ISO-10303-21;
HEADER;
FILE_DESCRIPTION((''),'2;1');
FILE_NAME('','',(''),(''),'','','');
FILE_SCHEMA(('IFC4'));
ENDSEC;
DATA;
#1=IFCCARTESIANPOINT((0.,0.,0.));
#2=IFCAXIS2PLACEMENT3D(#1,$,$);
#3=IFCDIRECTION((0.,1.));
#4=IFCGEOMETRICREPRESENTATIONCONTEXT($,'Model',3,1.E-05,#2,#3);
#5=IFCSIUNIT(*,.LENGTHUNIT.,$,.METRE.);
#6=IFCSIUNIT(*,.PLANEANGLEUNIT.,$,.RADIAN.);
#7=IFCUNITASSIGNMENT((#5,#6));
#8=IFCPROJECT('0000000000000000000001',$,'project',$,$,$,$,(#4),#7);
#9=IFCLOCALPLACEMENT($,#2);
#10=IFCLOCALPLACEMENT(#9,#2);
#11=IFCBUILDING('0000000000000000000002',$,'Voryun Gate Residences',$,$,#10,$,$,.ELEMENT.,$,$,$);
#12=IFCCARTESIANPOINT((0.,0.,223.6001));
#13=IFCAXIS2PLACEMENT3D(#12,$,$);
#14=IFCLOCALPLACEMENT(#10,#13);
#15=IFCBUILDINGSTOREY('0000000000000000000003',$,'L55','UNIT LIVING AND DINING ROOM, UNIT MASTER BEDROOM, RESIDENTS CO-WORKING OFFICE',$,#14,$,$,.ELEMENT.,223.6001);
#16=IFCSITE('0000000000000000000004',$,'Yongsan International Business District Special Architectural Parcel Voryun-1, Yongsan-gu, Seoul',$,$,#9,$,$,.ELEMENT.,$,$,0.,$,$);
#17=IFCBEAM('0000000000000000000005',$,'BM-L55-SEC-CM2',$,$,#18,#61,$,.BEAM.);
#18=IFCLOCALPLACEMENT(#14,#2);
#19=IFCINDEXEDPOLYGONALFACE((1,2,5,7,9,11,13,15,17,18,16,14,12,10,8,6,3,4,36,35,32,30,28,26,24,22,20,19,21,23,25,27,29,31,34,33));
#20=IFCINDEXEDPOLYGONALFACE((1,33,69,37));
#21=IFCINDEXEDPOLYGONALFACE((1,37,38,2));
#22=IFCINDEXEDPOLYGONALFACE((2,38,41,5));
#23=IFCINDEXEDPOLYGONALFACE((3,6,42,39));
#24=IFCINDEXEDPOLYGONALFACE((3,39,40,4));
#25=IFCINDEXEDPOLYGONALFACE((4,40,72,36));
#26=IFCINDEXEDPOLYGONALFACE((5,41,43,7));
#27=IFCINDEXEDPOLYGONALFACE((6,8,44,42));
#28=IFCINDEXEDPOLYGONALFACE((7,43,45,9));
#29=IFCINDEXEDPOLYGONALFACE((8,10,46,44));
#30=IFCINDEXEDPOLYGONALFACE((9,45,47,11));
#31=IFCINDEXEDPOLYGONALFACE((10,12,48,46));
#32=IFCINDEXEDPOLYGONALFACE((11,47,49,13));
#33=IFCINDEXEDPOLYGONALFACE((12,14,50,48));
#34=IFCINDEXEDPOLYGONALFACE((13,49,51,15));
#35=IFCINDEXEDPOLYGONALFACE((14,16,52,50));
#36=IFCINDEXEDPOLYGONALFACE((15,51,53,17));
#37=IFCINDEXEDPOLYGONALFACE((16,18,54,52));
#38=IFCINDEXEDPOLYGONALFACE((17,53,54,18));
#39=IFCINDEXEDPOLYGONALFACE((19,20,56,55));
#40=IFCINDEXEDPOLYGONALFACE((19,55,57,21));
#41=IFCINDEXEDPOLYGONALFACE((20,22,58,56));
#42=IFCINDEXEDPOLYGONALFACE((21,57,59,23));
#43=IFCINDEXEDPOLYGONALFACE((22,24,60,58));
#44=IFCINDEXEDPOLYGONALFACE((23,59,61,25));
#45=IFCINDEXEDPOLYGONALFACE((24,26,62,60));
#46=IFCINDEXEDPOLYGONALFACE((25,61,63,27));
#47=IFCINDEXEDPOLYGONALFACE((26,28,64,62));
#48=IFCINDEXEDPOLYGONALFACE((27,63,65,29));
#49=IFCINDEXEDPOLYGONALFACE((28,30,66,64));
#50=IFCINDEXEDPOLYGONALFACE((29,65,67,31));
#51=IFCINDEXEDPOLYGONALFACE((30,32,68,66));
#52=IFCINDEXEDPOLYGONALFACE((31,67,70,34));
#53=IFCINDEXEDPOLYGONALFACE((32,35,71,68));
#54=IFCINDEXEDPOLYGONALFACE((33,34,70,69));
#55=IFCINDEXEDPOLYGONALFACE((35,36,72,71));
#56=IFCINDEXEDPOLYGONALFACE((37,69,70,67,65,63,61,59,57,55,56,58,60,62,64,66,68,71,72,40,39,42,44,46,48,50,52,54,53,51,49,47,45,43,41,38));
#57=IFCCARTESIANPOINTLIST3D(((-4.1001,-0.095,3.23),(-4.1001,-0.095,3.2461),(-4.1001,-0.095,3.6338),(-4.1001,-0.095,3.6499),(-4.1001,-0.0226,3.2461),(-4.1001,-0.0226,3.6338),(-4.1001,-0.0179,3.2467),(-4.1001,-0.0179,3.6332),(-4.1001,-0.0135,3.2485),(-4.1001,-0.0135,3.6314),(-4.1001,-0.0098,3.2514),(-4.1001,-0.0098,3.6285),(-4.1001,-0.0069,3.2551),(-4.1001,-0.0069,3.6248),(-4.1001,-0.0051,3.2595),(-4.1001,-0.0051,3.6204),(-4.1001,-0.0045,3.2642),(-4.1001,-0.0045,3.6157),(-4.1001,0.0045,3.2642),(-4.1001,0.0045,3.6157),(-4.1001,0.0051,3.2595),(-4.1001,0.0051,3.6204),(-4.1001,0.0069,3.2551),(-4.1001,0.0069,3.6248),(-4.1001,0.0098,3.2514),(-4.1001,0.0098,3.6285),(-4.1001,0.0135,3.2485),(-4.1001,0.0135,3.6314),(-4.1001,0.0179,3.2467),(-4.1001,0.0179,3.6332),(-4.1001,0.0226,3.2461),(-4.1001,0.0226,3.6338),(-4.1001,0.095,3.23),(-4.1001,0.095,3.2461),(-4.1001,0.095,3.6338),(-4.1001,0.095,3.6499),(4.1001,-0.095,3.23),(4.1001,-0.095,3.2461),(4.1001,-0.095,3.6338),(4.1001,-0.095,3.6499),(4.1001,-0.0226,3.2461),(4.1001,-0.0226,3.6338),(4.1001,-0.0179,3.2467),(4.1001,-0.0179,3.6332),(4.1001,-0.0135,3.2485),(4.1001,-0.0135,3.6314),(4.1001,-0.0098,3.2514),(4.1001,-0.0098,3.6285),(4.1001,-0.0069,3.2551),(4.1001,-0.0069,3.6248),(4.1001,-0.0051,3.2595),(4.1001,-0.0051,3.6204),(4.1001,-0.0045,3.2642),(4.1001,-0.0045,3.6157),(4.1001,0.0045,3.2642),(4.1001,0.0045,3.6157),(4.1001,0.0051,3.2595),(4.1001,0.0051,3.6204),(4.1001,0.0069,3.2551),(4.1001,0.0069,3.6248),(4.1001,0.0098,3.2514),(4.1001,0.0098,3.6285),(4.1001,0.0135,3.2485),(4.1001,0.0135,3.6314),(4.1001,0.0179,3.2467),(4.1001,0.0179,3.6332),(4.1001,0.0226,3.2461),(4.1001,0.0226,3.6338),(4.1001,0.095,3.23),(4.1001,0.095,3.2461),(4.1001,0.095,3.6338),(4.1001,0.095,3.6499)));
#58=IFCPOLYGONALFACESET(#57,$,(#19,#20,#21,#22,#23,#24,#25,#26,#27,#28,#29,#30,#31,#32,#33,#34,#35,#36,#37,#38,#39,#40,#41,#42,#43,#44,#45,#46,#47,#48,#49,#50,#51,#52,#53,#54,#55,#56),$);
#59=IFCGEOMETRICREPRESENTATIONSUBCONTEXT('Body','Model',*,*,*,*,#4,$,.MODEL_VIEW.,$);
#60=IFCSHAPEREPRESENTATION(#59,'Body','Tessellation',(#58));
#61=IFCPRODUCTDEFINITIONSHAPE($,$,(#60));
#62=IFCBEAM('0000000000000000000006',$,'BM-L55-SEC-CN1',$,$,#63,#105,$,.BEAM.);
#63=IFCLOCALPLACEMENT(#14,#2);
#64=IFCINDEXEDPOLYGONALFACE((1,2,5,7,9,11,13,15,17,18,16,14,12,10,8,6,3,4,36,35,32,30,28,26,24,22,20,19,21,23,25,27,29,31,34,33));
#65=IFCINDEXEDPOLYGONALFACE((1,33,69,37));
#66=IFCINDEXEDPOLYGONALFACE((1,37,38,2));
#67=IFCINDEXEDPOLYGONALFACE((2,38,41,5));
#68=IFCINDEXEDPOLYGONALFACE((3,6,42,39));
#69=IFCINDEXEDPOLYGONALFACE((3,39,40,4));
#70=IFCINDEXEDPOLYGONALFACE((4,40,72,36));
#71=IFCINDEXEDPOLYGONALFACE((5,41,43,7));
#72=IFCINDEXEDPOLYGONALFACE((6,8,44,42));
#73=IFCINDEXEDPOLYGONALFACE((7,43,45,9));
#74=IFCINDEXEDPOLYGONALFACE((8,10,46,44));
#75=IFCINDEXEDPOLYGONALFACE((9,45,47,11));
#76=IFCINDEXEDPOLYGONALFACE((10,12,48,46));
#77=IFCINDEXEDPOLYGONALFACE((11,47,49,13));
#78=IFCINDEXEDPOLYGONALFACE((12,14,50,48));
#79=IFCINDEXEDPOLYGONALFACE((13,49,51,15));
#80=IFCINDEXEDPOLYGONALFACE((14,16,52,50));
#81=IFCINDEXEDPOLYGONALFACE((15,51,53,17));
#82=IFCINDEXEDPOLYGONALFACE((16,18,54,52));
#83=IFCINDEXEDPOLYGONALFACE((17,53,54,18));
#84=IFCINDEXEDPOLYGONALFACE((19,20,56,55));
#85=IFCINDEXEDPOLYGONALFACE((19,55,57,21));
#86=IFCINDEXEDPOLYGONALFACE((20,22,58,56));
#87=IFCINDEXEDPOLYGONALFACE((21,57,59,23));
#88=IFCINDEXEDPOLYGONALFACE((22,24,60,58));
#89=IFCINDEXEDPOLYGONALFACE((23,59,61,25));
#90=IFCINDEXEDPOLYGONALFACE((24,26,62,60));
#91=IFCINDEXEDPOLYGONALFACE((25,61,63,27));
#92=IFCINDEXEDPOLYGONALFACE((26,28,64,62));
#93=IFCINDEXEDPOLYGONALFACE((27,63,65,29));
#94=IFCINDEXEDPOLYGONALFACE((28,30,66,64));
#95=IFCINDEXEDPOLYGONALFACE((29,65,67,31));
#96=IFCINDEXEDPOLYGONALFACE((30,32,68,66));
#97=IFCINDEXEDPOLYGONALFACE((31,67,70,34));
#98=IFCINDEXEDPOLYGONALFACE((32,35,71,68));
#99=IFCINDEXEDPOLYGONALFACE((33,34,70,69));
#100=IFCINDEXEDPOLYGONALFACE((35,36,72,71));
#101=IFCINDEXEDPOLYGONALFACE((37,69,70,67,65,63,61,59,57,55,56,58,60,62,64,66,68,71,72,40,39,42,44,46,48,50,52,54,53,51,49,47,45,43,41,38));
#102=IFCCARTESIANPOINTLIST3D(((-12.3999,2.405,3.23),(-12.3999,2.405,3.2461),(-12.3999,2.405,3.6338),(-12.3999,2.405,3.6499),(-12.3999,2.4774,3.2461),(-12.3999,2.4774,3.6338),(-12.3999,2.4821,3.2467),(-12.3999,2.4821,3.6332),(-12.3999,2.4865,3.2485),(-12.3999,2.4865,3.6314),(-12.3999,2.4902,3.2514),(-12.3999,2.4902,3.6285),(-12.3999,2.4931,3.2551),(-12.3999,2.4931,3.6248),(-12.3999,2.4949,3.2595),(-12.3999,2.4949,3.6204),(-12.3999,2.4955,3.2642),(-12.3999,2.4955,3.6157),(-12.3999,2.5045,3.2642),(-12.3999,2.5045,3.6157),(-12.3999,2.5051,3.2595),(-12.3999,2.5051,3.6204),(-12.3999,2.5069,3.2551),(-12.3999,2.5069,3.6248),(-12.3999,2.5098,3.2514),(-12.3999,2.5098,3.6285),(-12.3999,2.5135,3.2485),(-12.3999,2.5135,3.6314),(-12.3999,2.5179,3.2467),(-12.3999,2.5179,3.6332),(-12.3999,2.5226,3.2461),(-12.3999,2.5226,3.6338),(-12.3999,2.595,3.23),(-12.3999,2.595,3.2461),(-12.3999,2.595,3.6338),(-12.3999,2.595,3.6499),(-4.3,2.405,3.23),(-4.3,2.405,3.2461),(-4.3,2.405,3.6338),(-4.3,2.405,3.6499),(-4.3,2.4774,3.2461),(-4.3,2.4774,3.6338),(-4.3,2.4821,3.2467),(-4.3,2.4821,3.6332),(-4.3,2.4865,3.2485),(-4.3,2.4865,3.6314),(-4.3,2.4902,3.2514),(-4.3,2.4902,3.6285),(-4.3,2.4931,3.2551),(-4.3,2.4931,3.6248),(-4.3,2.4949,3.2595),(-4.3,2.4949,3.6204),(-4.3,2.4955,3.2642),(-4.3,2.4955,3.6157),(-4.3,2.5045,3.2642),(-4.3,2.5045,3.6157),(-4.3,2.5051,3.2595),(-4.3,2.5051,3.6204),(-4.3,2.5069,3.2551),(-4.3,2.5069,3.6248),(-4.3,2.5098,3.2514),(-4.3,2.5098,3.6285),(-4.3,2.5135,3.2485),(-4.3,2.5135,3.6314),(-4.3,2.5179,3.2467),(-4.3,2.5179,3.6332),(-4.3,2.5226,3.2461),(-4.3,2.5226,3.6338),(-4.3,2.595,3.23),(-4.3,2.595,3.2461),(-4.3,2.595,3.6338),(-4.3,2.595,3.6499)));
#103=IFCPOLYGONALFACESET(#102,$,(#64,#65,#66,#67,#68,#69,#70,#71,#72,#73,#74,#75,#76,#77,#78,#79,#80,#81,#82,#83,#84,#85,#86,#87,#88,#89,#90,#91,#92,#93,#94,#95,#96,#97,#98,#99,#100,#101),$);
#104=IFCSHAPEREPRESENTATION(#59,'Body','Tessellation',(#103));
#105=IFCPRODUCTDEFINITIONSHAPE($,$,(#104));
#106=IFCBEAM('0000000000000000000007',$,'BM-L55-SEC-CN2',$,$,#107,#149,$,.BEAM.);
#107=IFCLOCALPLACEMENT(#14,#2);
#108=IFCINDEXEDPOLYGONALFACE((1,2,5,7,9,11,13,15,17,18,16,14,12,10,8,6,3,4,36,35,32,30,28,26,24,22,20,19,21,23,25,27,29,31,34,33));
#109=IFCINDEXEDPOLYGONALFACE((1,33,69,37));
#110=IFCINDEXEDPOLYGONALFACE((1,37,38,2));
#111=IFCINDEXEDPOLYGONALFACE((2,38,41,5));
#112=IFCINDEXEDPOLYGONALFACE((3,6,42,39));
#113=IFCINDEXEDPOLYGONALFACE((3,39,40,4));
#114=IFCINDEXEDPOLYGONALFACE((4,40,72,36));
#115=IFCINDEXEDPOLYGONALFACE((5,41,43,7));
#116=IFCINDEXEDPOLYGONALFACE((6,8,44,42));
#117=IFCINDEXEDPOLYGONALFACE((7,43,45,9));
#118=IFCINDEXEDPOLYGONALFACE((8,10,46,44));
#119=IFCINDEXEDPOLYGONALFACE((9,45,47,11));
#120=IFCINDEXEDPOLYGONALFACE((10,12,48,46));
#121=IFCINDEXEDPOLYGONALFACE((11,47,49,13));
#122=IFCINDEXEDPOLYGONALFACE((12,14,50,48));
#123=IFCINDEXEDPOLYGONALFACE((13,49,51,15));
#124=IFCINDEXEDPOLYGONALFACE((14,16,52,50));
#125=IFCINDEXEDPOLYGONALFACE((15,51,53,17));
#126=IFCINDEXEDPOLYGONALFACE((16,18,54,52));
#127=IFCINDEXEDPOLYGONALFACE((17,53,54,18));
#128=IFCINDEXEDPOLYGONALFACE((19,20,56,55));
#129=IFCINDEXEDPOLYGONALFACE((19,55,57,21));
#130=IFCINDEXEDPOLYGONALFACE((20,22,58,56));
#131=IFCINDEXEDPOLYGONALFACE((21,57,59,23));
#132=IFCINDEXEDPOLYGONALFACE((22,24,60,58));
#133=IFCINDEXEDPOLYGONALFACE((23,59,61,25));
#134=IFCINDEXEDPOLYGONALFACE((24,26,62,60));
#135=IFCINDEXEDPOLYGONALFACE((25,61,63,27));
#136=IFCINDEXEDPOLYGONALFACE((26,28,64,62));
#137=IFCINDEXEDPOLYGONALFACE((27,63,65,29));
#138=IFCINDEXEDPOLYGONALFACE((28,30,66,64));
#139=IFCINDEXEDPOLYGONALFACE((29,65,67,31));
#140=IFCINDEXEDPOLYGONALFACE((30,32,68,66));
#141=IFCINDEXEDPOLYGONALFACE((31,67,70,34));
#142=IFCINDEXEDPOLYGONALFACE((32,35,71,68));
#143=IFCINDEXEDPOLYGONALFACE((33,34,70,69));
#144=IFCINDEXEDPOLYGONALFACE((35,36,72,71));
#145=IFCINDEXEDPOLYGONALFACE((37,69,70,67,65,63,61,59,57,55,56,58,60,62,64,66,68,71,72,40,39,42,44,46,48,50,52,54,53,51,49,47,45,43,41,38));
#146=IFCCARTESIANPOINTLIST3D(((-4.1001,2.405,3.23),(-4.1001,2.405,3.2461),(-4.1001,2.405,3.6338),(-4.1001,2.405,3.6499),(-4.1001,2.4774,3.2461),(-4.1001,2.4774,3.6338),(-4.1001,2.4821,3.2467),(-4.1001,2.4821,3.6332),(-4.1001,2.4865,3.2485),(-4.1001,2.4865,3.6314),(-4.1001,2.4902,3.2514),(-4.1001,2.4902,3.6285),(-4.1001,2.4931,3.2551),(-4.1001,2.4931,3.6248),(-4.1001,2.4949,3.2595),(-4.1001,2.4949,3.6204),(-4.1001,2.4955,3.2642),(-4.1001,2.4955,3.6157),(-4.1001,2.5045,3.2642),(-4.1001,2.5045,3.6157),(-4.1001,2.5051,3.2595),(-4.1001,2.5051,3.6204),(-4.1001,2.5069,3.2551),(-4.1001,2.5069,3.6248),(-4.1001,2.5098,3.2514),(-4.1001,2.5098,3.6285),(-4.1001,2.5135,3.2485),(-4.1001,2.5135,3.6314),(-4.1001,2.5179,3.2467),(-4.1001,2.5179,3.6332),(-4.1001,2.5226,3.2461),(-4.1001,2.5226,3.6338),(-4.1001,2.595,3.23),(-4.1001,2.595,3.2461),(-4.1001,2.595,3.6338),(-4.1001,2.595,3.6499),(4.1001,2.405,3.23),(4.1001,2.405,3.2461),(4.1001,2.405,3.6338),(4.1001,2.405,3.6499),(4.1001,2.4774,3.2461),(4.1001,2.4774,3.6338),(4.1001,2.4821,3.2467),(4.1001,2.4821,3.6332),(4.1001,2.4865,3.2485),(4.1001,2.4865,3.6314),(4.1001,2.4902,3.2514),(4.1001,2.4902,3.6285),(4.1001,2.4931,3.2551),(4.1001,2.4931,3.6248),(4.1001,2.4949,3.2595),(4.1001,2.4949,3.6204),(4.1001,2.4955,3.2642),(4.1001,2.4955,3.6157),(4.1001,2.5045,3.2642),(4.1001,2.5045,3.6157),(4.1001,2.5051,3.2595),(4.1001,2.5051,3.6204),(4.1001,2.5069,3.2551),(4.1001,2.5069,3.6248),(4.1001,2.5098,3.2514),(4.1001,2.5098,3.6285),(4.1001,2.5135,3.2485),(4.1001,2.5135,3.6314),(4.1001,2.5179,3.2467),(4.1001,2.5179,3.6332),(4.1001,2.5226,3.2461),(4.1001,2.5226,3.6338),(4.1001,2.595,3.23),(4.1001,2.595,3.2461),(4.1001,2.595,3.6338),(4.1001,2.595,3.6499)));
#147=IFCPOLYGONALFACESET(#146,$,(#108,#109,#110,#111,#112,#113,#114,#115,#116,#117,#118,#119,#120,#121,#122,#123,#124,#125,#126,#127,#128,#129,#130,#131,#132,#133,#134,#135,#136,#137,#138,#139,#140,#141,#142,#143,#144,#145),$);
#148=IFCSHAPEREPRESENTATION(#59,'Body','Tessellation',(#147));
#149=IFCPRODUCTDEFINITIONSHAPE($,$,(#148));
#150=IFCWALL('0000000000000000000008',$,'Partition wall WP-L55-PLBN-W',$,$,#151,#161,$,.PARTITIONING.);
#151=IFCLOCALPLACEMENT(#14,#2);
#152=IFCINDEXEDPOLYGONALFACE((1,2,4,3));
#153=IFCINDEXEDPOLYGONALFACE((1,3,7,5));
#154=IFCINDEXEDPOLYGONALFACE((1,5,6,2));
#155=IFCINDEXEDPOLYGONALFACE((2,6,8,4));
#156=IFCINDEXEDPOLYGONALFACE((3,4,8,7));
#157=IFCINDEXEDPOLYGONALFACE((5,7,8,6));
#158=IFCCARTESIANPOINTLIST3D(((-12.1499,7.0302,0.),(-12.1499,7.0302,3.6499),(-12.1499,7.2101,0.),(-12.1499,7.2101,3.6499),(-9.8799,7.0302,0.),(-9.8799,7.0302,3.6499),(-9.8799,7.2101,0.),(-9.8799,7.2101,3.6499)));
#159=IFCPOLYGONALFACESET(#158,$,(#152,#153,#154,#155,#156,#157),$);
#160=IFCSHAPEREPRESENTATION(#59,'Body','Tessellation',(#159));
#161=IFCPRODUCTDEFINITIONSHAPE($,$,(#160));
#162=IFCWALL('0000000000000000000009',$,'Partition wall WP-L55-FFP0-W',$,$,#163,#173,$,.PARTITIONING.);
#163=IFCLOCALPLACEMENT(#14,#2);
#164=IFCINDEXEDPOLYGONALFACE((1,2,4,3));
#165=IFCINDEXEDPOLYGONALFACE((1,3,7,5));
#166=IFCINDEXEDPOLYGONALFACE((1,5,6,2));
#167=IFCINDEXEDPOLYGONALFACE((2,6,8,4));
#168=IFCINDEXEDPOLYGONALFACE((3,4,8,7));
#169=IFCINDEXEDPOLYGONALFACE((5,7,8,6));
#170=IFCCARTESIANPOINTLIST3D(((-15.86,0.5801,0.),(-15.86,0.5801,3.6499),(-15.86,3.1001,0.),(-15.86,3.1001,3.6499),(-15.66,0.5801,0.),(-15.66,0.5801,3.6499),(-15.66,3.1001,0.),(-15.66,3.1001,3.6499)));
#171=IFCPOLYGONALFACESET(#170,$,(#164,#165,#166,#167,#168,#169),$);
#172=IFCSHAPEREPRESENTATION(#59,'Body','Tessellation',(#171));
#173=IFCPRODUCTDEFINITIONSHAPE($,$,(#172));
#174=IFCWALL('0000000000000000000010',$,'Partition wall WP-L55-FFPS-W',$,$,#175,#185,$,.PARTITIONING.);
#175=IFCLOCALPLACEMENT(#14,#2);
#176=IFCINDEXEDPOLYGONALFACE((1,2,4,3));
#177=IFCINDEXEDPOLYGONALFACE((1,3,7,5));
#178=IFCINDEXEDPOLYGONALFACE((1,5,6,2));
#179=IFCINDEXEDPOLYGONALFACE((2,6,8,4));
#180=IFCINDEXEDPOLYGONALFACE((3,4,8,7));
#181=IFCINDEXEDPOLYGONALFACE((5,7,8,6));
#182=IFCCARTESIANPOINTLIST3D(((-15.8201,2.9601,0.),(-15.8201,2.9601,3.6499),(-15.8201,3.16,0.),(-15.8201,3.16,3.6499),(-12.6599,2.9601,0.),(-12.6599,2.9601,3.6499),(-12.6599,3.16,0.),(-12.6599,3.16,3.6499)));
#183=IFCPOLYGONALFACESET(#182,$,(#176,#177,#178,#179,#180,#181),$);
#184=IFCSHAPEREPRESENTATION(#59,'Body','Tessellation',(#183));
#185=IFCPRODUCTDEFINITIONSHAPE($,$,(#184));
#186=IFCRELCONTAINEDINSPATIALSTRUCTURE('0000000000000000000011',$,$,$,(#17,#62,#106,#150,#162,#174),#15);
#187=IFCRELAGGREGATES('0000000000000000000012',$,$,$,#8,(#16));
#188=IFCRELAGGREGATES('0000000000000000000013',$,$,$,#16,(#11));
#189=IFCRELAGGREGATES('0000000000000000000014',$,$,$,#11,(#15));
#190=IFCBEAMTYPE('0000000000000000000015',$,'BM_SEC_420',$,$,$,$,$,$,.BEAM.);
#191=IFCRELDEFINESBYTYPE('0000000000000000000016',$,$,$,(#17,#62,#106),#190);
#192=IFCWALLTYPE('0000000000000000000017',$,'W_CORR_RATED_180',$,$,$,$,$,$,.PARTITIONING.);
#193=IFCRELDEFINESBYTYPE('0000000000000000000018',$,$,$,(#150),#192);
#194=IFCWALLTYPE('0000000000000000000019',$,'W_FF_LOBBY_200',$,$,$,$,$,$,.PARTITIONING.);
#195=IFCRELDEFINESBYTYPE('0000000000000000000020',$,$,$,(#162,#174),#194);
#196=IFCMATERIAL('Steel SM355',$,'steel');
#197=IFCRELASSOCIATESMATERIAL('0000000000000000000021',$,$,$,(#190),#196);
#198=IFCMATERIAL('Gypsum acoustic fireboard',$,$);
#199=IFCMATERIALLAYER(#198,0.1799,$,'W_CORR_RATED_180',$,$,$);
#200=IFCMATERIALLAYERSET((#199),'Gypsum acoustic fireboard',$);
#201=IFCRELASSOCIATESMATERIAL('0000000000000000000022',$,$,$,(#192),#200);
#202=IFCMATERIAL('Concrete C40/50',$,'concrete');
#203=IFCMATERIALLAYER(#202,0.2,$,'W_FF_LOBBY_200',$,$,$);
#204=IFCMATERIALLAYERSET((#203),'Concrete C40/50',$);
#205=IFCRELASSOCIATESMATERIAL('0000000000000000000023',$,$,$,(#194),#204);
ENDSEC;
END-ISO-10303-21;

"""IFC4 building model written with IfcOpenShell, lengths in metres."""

from ifc_helpers import new_model, si_unit, direction, frame, frame_2d, origin, origin_2d, place, context, subcontext, project, spatial, rectangle, i_section, extrude, material, layer, layer_set, material_profile, profile_set, type_object, element, save


model = new_model("IFC4")

# Units and contexts
model_context = context("Model", 3, precision=1e-05, world=origin(), true_north=direction((0.0, 1.0)))
body_context = subcontext(model_context, "Body", "Model", "MODEL_VIEW")
ifc_project = project(units=[si_unit("LENGTHUNIT", "METRE"), si_unit("PLANEANGLEUNIT", "RADIAN")], contexts=[model_context])

# Site, building, storey
site_placement = place(None, origin())
site = spatial("IfcSite", under=ifc_project, at=site_placement, Name="Yongsan International Business District Special Architectural Parcel Voryun-1, Yongsan-gu, Seoul", CompositionType="ELEMENT", RefElevation=0.0)
building_placement = place(site_placement, origin())
building = spatial("IfcBuilding", under=site, at=building_placement, Name="Voryun Gate Residences", CompositionType="ELEMENT")
storey_placement = place(building_placement, frame((0.0, 0.0, 223.6001)))
storey = spatial("IfcBuildingStorey", under=building, at=storey_placement, Name="L55", Description="UNIT LIVING AND DINING ROOM, UNIT MASTER BEDROOM, RESIDENTS CO-WORKING OFFICE", CompositionType="ELEMENT", Elevation=223.6001)

# Beams
ifc_material_1 = material(Name="Steel SM355", Category="steel")
ifc_material_profile_1 = material_profile(ifc_material_1, i_section(OverallWidth=0.1899, OverallDepth=0.4199, WebThickness=0.009, FlangeThickness=0.0161, FilletRadius=0.0181, at=origin_2d()), Name="H-420x190x9x16")
ifc_profile_set_1 = profile_set([ifc_material_profile_1], Name="Steel SM355")
beam_type_1 = type_object("IfcBeamType", Name="BM_SEC_420", PredefinedType="BEAM", material=ifc_profile_set_1)
beam_1_placement = place(storey_placement, frame((-4.1001, 0.0, 3.4399), z_axis=(1.0, 0.0, 0.0), x_axis=(0.0, 1.0, 0.0)))
element("IfcBeam", 1, at=beam_1_placement, inside=storey, type_object=beam_type_1, Name="BM-L55-SEC-CM2", PredefinedType="BEAM", context=body_context, shape_type="SweptSolid", body=[
    extrude(i_section(OverallWidth=0.1899, OverallDepth=0.4199, WebThickness=0.009, FlangeThickness=0.0161, FilletRadius=0.0181, at=origin_2d()), origin(), (0.0, 0.0, 1.0), 8.2002),
])
beam_2_placement = place(storey_placement, frame((-12.3999, 2.5, 3.4399), z_axis=(1.0, 0.0, 0.0), x_axis=(0.0, 1.0, 0.0)))
element("IfcBeam", 2, at=beam_2_placement, inside=storey, type_object=beam_type_1, Name="BM-L55-SEC-CN1", PredefinedType="BEAM", context=body_context, shape_type="SweptSolid", body=[
    extrude(i_section(OverallWidth=0.1899, OverallDepth=0.4199, WebThickness=0.009, FlangeThickness=0.0161, FilletRadius=0.0181, at=origin_2d()), origin(), (0.0, 0.0, 1.0), 8.0999),
])
beam_3_placement = place(storey_placement, frame((-4.1001, 2.5, 3.4399), z_axis=(1.0, 0.0, 0.0), x_axis=(0.0, 1.0, 0.0)))
element("IfcBeam", 3, at=beam_3_placement, inside=storey, type_object=beam_type_1, Name="BM-L55-SEC-CN2", PredefinedType="BEAM", context=body_context, shape_type="SweptSolid", body=[
    extrude(i_section(OverallWidth=0.1899, OverallDepth=0.4199, WebThickness=0.009, FlangeThickness=0.0161, FilletRadius=0.0181, at=origin_2d()), origin(), (0.0, 0.0, 1.0), 8.2002),
])

# Walls
ifc_material_2 = material(Name="Gypsum acoustic fireboard")
ifc_layer_1 = layer(ifc_material_2, 0.1799, Name="W_CORR_RATED_180")
ifc_layer_set_1 = layer_set([ifc_layer_1], Name="Gypsum acoustic fireboard")
wall_type_1 = type_object("IfcWallType", Name="W_CORR_RATED_180", PredefinedType="PARTITIONING", material=ifc_layer_set_1)
wall_1_placement = place(storey_placement, frame((-12.1499, 7.1201, 0.0), z_axis=(0.0, 0.0, 1.0), x_axis=(1.0, 0.0, 0.0)))
element("IfcWall", 4, at=wall_1_placement, inside=storey, type_object=wall_type_1, Name="Partition wall WP-L55-PLBN-W", PredefinedType="PARTITIONING", context=body_context, shape_type="SweptSolid", body=[
    extrude(rectangle(XDim=2.27, YDim=0.1799, at=frame_2d((1.135, 0.0))), origin(), (0.0, 0.0, 1.0), 3.6499),
])
ifc_material_3 = material(Name="Concrete C40/50", Category="concrete")
ifc_layer_2 = layer(ifc_material_3, 0.2, Name="W_FF_LOBBY_200")
ifc_layer_set_2 = layer_set([ifc_layer_2], Name="Concrete C40/50")
wall_type_2 = type_object("IfcWallType", Name="W_FF_LOBBY_200", PredefinedType="PARTITIONING", material=ifc_layer_set_2)
wall_2_placement = place(storey_placement, frame((-15.76, 0.5801, 0.0), z_axis=(0.0, 0.0, 1.0), x_axis=(0.0, 1.0, 0.0)))
element("IfcWall", 5, at=wall_2_placement, inside=storey, type_object=wall_type_2, Name="Partition wall WP-L55-FFP0-W", PredefinedType="PARTITIONING", context=body_context, shape_type="SweptSolid", body=[
    extrude(rectangle(XDim=2.52, YDim=0.2, at=frame_2d((1.26, 0.0))), origin(), (0.0, 0.0, 1.0), 3.6499),
])
wall_3_placement = place(storey_placement, frame((-15.8201, 3.0601, 0.0), z_axis=(0.0, 0.0, 1.0), x_axis=(1.0, 0.0, 0.0)))
element("IfcWall", 6, at=wall_3_placement, inside=storey, type_object=wall_type_2, Name="Partition wall WP-L55-FFPS-W", PredefinedType="PARTITIONING", context=body_context, shape_type="SweptSolid", body=[
    extrude(rectangle(XDim=3.1602, YDim=0.2, at=frame_2d((1.5801, 0.0))), origin(), (0.0, 0.0, 1.0), 3.6499),
])

save(model, "model.ifc")
